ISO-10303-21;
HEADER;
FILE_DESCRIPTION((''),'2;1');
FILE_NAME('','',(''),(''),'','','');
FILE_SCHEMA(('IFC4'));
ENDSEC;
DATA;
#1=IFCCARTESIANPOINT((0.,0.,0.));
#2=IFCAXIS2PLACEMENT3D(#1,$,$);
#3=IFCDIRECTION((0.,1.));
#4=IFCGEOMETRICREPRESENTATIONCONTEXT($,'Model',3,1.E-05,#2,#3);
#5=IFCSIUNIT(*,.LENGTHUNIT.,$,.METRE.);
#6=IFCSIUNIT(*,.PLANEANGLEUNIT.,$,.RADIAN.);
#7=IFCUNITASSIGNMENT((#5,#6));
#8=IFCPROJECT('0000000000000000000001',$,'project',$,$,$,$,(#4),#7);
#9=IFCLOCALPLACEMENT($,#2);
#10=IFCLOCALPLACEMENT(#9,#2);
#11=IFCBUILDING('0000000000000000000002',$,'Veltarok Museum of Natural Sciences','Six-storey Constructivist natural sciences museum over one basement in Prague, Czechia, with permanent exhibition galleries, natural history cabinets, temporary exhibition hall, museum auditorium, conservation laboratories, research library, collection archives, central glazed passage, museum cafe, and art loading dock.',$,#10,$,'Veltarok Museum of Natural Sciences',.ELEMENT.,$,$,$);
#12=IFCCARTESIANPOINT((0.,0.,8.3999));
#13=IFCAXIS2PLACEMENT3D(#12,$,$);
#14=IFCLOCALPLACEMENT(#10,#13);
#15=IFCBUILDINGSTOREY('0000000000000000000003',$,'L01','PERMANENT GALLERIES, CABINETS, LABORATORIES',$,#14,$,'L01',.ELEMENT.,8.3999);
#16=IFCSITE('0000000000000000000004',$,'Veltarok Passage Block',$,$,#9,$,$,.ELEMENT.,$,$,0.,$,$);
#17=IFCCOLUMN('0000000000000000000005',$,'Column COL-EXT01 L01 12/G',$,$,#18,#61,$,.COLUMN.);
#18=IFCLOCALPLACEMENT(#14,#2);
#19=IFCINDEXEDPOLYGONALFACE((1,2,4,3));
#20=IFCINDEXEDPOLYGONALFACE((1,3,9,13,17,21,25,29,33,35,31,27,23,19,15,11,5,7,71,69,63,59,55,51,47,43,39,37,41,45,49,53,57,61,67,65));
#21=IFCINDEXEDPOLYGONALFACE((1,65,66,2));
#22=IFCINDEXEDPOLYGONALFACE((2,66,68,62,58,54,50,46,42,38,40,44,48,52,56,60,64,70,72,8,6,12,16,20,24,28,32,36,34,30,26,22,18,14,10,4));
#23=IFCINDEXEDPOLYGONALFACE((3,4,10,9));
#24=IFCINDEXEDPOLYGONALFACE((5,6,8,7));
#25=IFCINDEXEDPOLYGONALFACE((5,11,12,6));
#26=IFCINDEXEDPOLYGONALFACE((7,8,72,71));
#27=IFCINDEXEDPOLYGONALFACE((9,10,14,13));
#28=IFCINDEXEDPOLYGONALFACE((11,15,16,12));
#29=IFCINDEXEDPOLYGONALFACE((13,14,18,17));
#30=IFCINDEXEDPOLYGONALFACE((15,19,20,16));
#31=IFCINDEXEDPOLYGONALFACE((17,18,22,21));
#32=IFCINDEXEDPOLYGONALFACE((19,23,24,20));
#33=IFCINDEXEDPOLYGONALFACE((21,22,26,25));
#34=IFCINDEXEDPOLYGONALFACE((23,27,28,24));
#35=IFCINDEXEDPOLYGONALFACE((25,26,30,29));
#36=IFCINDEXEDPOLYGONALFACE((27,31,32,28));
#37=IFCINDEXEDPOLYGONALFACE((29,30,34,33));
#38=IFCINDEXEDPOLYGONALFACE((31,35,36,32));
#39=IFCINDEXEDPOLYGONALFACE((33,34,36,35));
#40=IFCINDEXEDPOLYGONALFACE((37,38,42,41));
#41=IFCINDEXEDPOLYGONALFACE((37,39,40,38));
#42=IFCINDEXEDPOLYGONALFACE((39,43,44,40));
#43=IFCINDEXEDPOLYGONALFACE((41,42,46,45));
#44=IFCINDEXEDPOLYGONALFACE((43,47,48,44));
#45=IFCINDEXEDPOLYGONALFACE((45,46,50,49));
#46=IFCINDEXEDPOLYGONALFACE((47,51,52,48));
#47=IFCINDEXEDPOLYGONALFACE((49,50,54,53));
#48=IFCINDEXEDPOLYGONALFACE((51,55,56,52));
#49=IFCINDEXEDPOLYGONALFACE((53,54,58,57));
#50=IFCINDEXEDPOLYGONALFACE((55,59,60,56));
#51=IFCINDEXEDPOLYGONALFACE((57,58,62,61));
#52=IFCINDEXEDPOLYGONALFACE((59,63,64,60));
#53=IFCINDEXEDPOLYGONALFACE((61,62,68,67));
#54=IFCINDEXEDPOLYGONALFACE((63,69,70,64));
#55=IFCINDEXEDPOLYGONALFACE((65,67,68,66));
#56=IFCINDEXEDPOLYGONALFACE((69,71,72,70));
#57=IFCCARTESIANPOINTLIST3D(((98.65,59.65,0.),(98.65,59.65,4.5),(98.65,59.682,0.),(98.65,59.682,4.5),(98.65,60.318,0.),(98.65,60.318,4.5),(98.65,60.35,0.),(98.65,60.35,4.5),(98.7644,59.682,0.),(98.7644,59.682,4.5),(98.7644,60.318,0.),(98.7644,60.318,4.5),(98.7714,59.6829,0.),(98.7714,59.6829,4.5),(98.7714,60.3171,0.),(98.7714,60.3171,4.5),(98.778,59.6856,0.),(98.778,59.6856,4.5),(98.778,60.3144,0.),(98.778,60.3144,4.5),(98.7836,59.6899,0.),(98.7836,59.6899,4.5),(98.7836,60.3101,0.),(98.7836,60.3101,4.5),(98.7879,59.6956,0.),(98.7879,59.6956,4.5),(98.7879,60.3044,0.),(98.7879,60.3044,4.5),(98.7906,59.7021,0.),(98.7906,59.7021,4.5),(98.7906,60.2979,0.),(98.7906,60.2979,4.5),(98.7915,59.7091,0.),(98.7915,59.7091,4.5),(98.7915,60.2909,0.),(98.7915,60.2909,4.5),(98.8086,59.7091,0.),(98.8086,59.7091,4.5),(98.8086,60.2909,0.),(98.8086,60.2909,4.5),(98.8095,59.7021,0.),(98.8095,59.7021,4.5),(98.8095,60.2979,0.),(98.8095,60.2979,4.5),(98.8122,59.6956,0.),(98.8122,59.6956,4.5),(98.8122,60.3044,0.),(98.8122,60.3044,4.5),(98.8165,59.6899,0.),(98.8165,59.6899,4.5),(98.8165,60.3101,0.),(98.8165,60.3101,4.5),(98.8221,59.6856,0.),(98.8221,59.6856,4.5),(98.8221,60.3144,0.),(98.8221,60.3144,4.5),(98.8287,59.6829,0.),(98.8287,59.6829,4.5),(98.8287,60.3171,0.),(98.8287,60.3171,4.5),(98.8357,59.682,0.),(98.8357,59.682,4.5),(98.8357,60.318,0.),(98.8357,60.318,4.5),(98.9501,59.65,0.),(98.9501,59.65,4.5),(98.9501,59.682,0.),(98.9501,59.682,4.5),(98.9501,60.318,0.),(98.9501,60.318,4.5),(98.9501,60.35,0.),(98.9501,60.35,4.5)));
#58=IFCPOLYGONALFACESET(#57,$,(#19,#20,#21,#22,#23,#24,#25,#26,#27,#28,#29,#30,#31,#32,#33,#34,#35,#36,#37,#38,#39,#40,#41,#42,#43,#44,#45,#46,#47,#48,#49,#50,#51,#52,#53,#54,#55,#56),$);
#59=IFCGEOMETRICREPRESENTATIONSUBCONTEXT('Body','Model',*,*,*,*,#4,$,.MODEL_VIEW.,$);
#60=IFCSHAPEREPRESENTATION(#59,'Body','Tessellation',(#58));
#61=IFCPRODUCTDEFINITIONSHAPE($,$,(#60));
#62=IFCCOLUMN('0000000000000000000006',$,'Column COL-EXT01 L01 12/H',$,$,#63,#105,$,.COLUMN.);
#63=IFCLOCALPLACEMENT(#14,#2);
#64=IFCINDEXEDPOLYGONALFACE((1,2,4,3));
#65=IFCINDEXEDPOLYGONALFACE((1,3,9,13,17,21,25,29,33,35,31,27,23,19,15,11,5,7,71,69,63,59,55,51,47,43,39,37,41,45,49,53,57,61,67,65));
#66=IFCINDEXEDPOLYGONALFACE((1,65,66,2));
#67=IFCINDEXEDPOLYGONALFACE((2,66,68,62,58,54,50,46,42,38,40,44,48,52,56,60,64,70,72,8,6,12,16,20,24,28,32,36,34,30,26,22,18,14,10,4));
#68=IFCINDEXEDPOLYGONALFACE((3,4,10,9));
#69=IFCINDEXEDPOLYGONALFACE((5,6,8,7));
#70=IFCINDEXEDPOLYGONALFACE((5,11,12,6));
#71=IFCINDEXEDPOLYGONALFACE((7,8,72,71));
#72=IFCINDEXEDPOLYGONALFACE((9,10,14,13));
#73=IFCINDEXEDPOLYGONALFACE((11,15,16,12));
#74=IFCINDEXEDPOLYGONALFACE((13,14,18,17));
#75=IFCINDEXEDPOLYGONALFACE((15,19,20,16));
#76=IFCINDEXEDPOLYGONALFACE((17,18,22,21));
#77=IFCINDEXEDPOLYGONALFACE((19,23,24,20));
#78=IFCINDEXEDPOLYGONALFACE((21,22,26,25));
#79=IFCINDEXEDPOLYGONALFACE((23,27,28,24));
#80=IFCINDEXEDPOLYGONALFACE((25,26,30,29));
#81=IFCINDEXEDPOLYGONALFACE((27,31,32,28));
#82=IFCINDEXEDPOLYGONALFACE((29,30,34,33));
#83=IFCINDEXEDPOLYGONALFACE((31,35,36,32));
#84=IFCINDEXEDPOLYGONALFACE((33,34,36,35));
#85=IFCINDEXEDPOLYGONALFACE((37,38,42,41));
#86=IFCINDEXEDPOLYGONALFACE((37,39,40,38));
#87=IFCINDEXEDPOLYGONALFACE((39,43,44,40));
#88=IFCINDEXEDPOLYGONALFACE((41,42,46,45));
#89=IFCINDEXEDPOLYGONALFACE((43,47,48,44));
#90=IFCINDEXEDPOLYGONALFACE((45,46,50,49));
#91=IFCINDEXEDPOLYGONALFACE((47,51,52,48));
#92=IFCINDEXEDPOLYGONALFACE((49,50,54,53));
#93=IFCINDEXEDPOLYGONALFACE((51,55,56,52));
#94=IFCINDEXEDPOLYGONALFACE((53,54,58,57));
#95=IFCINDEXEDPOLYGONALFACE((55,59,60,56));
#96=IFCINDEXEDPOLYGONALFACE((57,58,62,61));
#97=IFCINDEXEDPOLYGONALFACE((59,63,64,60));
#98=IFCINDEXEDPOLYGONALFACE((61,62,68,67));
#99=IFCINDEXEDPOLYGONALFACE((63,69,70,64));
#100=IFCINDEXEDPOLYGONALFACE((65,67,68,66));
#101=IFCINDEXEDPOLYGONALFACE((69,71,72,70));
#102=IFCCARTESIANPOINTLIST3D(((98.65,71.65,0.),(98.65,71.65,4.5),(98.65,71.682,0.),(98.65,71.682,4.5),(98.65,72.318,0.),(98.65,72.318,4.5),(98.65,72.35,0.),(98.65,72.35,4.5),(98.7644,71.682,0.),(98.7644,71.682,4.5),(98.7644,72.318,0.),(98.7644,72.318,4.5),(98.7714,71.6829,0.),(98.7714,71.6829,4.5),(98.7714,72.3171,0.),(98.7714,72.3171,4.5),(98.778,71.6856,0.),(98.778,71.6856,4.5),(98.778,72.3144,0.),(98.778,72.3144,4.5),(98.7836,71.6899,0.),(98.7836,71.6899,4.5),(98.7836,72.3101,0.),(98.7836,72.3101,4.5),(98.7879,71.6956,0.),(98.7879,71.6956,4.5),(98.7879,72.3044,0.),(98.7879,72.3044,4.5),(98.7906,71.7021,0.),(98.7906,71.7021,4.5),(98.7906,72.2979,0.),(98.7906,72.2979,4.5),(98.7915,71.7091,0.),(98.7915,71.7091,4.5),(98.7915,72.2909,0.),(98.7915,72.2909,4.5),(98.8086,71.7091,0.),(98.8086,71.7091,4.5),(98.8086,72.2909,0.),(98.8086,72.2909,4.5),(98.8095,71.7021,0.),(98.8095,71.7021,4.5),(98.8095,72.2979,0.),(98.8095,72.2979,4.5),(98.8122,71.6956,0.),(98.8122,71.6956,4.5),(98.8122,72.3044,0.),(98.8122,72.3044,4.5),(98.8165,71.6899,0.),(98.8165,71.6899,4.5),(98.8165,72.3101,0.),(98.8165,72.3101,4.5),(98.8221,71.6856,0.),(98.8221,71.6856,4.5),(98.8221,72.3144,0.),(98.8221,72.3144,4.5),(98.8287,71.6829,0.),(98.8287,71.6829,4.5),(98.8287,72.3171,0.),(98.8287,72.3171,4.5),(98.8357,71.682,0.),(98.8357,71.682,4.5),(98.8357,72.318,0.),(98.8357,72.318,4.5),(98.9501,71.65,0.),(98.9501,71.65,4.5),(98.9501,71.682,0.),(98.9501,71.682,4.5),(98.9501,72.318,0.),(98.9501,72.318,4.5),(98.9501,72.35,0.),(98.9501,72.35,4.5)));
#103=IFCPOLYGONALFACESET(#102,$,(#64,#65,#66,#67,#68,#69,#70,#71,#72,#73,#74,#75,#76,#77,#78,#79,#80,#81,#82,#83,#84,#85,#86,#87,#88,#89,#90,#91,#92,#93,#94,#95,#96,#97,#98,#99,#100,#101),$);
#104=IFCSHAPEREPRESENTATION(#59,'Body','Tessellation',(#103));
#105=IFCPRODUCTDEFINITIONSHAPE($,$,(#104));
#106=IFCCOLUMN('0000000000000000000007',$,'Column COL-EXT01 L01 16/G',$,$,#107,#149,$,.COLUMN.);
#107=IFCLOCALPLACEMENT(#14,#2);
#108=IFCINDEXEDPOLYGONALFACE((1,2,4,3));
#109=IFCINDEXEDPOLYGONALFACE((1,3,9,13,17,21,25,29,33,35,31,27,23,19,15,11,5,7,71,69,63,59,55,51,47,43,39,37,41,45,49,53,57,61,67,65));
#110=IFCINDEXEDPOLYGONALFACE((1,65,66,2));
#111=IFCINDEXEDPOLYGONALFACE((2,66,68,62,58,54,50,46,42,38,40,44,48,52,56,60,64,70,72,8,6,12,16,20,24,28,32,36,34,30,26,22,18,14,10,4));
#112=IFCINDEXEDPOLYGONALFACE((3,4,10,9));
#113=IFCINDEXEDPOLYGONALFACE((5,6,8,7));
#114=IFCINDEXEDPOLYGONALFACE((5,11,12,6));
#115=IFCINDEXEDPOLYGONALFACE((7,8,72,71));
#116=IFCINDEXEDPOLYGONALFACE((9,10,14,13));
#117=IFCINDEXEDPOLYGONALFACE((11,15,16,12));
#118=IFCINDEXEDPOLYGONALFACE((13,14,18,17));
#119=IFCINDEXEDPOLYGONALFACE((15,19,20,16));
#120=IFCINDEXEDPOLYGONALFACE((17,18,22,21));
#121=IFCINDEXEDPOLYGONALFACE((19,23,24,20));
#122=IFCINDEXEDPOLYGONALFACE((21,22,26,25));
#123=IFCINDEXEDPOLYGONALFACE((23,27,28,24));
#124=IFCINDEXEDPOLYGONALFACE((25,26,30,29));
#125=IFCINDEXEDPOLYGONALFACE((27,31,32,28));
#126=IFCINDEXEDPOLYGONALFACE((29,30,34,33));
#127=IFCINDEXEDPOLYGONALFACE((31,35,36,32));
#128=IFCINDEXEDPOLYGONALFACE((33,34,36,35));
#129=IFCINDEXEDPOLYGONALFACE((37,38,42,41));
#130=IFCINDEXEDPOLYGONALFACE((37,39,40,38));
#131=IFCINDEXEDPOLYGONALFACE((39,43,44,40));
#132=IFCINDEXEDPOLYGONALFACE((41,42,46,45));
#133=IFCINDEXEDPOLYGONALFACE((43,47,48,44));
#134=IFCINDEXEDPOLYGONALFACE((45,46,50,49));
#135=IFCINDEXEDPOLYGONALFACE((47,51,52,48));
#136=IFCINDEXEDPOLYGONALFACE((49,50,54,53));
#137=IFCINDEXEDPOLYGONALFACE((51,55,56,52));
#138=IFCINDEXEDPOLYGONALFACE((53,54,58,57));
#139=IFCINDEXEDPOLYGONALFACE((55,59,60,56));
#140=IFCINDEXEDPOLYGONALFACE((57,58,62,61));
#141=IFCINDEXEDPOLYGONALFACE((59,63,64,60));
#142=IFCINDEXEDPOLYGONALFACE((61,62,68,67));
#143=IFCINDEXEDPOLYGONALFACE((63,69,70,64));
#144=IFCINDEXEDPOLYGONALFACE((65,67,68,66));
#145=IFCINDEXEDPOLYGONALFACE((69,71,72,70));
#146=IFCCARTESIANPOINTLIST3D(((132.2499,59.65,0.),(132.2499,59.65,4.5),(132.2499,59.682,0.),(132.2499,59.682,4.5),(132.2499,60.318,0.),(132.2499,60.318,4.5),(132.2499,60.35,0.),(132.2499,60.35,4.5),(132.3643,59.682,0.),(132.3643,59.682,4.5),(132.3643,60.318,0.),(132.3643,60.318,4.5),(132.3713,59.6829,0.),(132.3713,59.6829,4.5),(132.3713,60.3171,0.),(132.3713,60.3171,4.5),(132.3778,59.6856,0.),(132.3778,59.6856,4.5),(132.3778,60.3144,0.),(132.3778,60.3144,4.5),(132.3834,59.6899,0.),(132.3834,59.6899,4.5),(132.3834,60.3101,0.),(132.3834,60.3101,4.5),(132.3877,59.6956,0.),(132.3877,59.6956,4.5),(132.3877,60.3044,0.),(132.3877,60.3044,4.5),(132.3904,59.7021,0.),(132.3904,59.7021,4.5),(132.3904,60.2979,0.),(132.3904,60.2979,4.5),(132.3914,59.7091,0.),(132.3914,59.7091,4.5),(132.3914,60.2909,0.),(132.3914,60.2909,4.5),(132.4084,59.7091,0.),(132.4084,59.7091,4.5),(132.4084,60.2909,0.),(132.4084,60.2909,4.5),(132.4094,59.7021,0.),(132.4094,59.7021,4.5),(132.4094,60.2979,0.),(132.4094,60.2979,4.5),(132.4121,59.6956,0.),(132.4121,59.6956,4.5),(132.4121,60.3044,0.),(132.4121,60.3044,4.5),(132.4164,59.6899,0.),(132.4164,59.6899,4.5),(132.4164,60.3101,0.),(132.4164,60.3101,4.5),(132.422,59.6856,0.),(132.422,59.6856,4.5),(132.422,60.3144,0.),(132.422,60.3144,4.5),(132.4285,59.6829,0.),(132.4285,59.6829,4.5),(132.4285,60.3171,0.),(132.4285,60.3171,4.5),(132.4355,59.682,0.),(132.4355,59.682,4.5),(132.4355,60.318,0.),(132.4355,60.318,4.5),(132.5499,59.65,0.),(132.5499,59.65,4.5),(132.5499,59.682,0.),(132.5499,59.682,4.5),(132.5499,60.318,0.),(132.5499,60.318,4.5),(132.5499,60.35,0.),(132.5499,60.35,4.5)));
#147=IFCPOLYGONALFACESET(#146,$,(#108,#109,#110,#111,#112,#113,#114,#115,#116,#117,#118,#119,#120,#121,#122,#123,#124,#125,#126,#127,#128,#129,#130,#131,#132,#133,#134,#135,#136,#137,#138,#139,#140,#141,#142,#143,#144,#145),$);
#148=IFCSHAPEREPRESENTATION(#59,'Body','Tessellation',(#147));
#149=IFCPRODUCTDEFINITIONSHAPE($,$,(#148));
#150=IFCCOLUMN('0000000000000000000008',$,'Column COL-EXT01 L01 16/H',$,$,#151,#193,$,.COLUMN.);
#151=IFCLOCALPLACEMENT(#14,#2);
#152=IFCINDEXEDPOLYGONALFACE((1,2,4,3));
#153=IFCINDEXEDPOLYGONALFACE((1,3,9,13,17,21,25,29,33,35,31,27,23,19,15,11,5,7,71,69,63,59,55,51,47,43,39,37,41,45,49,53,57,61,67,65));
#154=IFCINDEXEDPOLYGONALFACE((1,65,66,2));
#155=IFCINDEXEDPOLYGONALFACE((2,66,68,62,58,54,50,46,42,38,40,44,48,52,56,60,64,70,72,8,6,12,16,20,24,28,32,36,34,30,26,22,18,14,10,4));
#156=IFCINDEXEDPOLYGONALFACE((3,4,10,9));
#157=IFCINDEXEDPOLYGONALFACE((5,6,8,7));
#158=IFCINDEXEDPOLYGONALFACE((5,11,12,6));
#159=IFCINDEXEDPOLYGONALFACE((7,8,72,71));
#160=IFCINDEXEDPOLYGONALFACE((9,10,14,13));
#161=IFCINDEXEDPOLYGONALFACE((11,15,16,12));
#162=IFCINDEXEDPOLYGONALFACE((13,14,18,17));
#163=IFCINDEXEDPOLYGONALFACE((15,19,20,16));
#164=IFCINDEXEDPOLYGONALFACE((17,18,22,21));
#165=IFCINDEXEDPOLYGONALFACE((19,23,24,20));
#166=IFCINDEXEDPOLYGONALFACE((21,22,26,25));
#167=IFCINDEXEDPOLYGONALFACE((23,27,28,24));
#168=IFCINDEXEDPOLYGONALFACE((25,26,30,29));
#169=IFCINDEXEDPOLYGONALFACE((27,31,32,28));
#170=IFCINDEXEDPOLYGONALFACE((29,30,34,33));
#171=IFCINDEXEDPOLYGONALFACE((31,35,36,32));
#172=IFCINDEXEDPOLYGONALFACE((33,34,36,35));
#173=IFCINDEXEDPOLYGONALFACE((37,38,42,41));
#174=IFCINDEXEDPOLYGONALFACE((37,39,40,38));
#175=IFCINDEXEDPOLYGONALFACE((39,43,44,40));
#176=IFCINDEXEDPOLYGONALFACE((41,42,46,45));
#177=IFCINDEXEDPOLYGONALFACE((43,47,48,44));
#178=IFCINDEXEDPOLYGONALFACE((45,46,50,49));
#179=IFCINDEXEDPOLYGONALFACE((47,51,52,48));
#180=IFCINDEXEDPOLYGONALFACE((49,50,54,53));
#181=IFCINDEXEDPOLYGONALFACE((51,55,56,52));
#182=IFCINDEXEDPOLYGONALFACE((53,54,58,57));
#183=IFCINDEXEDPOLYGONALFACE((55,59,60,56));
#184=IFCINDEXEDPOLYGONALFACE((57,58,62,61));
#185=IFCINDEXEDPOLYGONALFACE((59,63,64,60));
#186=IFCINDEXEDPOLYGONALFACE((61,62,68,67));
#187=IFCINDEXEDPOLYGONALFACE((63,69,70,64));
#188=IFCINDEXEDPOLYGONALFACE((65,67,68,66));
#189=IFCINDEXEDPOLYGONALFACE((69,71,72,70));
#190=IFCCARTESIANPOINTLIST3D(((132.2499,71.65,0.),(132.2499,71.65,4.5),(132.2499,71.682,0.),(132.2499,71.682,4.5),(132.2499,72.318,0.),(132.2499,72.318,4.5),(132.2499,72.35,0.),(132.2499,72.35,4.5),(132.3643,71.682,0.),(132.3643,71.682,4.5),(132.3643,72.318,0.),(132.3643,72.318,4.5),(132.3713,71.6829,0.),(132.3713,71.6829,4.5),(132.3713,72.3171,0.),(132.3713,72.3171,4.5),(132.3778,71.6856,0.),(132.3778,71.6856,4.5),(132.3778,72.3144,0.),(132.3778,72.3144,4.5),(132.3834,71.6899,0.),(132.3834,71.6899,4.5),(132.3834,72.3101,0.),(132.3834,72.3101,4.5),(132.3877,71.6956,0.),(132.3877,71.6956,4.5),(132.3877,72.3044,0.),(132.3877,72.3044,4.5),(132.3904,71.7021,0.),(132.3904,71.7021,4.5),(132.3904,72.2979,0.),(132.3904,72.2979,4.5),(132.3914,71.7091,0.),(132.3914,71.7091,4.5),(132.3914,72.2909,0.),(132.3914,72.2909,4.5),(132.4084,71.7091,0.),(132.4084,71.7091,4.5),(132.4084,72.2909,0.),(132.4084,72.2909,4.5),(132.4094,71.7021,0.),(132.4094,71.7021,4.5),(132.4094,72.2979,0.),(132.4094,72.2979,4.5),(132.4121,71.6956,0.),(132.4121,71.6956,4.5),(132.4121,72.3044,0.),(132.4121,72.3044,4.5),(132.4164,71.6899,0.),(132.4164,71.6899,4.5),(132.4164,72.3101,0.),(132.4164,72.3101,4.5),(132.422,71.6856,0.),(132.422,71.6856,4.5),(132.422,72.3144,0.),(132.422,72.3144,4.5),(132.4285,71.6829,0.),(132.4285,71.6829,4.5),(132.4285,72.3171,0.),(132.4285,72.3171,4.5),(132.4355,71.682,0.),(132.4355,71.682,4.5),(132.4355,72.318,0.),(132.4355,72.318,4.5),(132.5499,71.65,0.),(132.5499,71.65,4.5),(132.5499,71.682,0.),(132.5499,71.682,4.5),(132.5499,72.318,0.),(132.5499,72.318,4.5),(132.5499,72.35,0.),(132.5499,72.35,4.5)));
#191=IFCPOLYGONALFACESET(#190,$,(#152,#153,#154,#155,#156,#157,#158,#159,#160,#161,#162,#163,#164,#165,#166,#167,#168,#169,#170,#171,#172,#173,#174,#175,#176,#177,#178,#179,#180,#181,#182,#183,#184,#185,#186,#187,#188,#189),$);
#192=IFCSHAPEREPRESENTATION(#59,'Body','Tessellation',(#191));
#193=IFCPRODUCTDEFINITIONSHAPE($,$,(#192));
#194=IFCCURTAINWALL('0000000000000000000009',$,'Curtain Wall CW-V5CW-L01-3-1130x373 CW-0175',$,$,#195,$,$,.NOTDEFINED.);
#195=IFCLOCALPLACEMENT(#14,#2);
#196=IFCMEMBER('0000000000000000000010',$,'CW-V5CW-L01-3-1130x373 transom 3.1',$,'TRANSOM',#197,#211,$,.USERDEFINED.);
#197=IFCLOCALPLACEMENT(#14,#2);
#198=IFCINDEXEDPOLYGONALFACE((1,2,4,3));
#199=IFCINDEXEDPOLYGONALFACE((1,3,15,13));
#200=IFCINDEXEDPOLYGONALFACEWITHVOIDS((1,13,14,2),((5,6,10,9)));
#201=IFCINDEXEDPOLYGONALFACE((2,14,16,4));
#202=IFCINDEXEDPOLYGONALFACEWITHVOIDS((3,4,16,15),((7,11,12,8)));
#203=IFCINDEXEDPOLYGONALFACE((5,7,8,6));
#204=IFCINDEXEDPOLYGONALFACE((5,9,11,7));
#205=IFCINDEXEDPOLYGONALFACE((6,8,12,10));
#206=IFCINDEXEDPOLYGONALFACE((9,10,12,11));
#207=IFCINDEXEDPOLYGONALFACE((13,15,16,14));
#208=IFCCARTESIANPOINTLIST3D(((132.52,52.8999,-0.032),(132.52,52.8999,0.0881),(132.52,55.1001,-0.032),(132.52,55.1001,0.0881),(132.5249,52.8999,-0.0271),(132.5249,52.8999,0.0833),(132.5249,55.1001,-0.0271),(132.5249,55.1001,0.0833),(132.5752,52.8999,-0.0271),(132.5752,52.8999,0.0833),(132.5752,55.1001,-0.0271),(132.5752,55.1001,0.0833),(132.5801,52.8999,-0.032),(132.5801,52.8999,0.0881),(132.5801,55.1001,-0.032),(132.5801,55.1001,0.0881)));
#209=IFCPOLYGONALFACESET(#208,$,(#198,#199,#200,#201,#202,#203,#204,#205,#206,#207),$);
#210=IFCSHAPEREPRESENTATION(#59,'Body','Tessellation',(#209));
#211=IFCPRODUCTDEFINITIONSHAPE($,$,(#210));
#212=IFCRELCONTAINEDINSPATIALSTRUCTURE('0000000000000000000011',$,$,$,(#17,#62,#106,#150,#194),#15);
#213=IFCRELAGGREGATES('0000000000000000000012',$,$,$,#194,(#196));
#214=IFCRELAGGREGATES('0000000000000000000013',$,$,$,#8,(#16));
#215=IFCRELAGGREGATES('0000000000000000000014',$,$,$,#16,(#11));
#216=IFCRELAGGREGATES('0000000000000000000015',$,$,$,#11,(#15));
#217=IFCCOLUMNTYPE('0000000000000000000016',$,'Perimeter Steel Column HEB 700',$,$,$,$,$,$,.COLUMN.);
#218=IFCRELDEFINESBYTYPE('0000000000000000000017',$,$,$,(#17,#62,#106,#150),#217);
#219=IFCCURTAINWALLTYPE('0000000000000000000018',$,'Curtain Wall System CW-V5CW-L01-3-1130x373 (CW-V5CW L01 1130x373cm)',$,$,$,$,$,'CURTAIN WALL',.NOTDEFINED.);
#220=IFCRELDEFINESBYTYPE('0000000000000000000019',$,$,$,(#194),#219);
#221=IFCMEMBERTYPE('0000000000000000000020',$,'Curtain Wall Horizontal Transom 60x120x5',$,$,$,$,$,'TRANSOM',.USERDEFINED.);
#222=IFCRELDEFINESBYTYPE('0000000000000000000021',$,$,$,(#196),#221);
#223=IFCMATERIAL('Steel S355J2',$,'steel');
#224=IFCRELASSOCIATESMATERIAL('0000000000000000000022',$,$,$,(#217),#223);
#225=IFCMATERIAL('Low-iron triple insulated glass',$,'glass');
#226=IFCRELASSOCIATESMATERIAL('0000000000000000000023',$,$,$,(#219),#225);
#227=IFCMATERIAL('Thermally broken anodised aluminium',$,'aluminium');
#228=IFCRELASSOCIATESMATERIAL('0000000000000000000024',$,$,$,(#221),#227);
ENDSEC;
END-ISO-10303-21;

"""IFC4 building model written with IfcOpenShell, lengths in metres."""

from ifc_helpers import new_model, si_unit, direction, frame, origin, origin_2d, place, context, subcontext, project, spatial, hollow_rectangle, i_section, extrude, material, material_profile, profile_set, type_object, element, aggregate, save


model = new_model("IFC4")

# Units and contexts
model_context = context("Model", 3, precision=1e-05, world=origin(), true_north=direction((0.0, 1.0)))
body_context = subcontext(model_context, "Body", "Model", "MODEL_VIEW")
ifc_project = project(units=[si_unit("LENGTHUNIT", "METRE"), si_unit("PLANEANGLEUNIT", "RADIAN")], contexts=[model_context])

# Site, building, storey
site_placement = place(None, origin())
site = spatial("IfcSite", under=ifc_project, at=site_placement, Name="Veltarok Passage Block", CompositionType="ELEMENT", RefElevation=0.0)
building_placement = place(site_placement, origin())
building = spatial("IfcBuilding", under=site, at=building_placement, Name="Veltarok Museum of Natural Sciences", Description="Six-storey Constructivist natural sciences museum over one basement in Prague, Czechia, with permanent exhibition galleries, natural history cabinets, temporary exhibition hall, museum auditorium, conservation laboratories, research library, collection archives, central glazed passage, museum cafe, and art loading dock.", LongName="Veltarok Museum of Natural Sciences", CompositionType="ELEMENT")
storey_placement = place(building_placement, frame((0.0, 0.0, 8.3999)))
storey = spatial("IfcBuildingStorey", under=building, at=storey_placement, Name="L01", Description="PERMANENT GALLERIES, CABINETS, LABORATORIES", LongName="L01", CompositionType="ELEMENT", Elevation=8.3999)

# Columns
ifc_material_1 = material(Name="Steel S355J2", Category="steel")
ifc_material_profile_1 = material_profile(ifc_material_1, i_section(OverallWidth=0.3, OverallDepth=0.7, WebThickness=0.0171, FlangeThickness=0.032, FilletRadius=0.0271, at=origin_2d()), Name="HEB 700")
ifc_profile_set_1 = profile_set([ifc_material_profile_1], Name="Steel S355J2")
column_type = type_object("IfcColumnType", Name="Perimeter Steel Column HEB 700", PredefinedType="COLUMN", material=ifc_profile_set_1)
for number, where, z_axis, x_axis, name in (
    (1, (98.8, 60.0, 0.0), (0.0, 0.0, 1.0), (1.0, 0.0, 0.0), "Column COL-EXT01 L01 12/G"),
    (2, (98.8, 72.0, 0.0), (0.0, 0.0, 1.0), (1.0, 0.0, 0.0), "Column COL-EXT01 L01 12/H"),
    (3, (132.3999, 60.0, 0.0), (0.0, 0.0, 1.0), (1.0, 0.0, 0.0), "Column COL-EXT01 L01 16/G"),
    (4, (132.3999, 72.0, 0.0), (0.0, 0.0, 1.0), (1.0, 0.0, 0.0), "Column COL-EXT01 L01 16/H"),
):
    element("IfcColumn", number, at=place(storey_placement, frame(where, z_axis=z_axis, x_axis=x_axis)), inside=storey, type_object=column_type, Name=name, PredefinedType="COLUMN", context=body_context, shape_type="SweptSolid", body=[
        extrude(i_section(OverallWidth=0.3, OverallDepth=0.7, WebThickness=0.0171, FlangeThickness=0.032, FilletRadius=0.0271, at=origin_2d()), origin(), (0.0, 0.0, 1.0), 4.5),
    ])

# Curtain wall, member
ifc_material_2 = material(Name="Low-iron triple insulated glass", Category="glass")
curtain_wall_type_1 = type_object("IfcCurtainWallType", Name="Curtain Wall System CW-V5CW-L01-3-1130x373 (CW-V5CW L01 1130x373cm)", ElementType="CURTAIN WALL", PredefinedType="NOTDEFINED", material=ifc_material_2)
curtain_wall_1_placement = place(storey_placement, origin())
curtain_wall_1 = element("IfcCurtainWall", 5, at=curtain_wall_1_placement, inside=storey, type_object=curtain_wall_type_1, Name="Curtain Wall CW-V5CW-L01-3-1130x373 CW-0175", PredefinedType="NOTDEFINED")
ifc_material_3 = material(Name="Thermally broken anodised aluminium", Category="aluminium")
ifc_material_profile_2 = material_profile(ifc_material_3, hollow_rectangle(XDim=0.0601, YDim=0.1201, WallThickness=0.0049, at=origin_2d()), Name="CW TRANSOM 60x120x5")
ifc_profile_set_2 = profile_set([ifc_material_profile_2], Name="Thermally broken anodised aluminium")
member_type_1 = type_object("IfcMemberType", Name="Curtain Wall Horizontal Transom 60x120x5", ElementType="TRANSOM", PredefinedType="USERDEFINED", material=ifc_profile_set_2)
member_1_placement = place(storey_placement, frame((132.55, 52.8999, 0.0281), z_axis=(0.0, 1.0, 0.0), x_axis=(-1.0, 0.0, 0.0)))
member_1 = element("IfcMember", 6, at=member_1_placement, type_object=member_type_1, Name="CW-V5CW-L01-3-1130x373 transom 3.1", ObjectType="TRANSOM", PredefinedType="USERDEFINED", context=body_context, shape_type="SweptSolid", body=[
    extrude(hollow_rectangle(XDim=0.0601, YDim=0.1201, WallThickness=0.0049, at=origin_2d()), origin(), (0.0, 0.0, 1.0), 2.2002),
])

aggregate(curtain_wall_1, [member_1])

save(model, "model.ifc")
